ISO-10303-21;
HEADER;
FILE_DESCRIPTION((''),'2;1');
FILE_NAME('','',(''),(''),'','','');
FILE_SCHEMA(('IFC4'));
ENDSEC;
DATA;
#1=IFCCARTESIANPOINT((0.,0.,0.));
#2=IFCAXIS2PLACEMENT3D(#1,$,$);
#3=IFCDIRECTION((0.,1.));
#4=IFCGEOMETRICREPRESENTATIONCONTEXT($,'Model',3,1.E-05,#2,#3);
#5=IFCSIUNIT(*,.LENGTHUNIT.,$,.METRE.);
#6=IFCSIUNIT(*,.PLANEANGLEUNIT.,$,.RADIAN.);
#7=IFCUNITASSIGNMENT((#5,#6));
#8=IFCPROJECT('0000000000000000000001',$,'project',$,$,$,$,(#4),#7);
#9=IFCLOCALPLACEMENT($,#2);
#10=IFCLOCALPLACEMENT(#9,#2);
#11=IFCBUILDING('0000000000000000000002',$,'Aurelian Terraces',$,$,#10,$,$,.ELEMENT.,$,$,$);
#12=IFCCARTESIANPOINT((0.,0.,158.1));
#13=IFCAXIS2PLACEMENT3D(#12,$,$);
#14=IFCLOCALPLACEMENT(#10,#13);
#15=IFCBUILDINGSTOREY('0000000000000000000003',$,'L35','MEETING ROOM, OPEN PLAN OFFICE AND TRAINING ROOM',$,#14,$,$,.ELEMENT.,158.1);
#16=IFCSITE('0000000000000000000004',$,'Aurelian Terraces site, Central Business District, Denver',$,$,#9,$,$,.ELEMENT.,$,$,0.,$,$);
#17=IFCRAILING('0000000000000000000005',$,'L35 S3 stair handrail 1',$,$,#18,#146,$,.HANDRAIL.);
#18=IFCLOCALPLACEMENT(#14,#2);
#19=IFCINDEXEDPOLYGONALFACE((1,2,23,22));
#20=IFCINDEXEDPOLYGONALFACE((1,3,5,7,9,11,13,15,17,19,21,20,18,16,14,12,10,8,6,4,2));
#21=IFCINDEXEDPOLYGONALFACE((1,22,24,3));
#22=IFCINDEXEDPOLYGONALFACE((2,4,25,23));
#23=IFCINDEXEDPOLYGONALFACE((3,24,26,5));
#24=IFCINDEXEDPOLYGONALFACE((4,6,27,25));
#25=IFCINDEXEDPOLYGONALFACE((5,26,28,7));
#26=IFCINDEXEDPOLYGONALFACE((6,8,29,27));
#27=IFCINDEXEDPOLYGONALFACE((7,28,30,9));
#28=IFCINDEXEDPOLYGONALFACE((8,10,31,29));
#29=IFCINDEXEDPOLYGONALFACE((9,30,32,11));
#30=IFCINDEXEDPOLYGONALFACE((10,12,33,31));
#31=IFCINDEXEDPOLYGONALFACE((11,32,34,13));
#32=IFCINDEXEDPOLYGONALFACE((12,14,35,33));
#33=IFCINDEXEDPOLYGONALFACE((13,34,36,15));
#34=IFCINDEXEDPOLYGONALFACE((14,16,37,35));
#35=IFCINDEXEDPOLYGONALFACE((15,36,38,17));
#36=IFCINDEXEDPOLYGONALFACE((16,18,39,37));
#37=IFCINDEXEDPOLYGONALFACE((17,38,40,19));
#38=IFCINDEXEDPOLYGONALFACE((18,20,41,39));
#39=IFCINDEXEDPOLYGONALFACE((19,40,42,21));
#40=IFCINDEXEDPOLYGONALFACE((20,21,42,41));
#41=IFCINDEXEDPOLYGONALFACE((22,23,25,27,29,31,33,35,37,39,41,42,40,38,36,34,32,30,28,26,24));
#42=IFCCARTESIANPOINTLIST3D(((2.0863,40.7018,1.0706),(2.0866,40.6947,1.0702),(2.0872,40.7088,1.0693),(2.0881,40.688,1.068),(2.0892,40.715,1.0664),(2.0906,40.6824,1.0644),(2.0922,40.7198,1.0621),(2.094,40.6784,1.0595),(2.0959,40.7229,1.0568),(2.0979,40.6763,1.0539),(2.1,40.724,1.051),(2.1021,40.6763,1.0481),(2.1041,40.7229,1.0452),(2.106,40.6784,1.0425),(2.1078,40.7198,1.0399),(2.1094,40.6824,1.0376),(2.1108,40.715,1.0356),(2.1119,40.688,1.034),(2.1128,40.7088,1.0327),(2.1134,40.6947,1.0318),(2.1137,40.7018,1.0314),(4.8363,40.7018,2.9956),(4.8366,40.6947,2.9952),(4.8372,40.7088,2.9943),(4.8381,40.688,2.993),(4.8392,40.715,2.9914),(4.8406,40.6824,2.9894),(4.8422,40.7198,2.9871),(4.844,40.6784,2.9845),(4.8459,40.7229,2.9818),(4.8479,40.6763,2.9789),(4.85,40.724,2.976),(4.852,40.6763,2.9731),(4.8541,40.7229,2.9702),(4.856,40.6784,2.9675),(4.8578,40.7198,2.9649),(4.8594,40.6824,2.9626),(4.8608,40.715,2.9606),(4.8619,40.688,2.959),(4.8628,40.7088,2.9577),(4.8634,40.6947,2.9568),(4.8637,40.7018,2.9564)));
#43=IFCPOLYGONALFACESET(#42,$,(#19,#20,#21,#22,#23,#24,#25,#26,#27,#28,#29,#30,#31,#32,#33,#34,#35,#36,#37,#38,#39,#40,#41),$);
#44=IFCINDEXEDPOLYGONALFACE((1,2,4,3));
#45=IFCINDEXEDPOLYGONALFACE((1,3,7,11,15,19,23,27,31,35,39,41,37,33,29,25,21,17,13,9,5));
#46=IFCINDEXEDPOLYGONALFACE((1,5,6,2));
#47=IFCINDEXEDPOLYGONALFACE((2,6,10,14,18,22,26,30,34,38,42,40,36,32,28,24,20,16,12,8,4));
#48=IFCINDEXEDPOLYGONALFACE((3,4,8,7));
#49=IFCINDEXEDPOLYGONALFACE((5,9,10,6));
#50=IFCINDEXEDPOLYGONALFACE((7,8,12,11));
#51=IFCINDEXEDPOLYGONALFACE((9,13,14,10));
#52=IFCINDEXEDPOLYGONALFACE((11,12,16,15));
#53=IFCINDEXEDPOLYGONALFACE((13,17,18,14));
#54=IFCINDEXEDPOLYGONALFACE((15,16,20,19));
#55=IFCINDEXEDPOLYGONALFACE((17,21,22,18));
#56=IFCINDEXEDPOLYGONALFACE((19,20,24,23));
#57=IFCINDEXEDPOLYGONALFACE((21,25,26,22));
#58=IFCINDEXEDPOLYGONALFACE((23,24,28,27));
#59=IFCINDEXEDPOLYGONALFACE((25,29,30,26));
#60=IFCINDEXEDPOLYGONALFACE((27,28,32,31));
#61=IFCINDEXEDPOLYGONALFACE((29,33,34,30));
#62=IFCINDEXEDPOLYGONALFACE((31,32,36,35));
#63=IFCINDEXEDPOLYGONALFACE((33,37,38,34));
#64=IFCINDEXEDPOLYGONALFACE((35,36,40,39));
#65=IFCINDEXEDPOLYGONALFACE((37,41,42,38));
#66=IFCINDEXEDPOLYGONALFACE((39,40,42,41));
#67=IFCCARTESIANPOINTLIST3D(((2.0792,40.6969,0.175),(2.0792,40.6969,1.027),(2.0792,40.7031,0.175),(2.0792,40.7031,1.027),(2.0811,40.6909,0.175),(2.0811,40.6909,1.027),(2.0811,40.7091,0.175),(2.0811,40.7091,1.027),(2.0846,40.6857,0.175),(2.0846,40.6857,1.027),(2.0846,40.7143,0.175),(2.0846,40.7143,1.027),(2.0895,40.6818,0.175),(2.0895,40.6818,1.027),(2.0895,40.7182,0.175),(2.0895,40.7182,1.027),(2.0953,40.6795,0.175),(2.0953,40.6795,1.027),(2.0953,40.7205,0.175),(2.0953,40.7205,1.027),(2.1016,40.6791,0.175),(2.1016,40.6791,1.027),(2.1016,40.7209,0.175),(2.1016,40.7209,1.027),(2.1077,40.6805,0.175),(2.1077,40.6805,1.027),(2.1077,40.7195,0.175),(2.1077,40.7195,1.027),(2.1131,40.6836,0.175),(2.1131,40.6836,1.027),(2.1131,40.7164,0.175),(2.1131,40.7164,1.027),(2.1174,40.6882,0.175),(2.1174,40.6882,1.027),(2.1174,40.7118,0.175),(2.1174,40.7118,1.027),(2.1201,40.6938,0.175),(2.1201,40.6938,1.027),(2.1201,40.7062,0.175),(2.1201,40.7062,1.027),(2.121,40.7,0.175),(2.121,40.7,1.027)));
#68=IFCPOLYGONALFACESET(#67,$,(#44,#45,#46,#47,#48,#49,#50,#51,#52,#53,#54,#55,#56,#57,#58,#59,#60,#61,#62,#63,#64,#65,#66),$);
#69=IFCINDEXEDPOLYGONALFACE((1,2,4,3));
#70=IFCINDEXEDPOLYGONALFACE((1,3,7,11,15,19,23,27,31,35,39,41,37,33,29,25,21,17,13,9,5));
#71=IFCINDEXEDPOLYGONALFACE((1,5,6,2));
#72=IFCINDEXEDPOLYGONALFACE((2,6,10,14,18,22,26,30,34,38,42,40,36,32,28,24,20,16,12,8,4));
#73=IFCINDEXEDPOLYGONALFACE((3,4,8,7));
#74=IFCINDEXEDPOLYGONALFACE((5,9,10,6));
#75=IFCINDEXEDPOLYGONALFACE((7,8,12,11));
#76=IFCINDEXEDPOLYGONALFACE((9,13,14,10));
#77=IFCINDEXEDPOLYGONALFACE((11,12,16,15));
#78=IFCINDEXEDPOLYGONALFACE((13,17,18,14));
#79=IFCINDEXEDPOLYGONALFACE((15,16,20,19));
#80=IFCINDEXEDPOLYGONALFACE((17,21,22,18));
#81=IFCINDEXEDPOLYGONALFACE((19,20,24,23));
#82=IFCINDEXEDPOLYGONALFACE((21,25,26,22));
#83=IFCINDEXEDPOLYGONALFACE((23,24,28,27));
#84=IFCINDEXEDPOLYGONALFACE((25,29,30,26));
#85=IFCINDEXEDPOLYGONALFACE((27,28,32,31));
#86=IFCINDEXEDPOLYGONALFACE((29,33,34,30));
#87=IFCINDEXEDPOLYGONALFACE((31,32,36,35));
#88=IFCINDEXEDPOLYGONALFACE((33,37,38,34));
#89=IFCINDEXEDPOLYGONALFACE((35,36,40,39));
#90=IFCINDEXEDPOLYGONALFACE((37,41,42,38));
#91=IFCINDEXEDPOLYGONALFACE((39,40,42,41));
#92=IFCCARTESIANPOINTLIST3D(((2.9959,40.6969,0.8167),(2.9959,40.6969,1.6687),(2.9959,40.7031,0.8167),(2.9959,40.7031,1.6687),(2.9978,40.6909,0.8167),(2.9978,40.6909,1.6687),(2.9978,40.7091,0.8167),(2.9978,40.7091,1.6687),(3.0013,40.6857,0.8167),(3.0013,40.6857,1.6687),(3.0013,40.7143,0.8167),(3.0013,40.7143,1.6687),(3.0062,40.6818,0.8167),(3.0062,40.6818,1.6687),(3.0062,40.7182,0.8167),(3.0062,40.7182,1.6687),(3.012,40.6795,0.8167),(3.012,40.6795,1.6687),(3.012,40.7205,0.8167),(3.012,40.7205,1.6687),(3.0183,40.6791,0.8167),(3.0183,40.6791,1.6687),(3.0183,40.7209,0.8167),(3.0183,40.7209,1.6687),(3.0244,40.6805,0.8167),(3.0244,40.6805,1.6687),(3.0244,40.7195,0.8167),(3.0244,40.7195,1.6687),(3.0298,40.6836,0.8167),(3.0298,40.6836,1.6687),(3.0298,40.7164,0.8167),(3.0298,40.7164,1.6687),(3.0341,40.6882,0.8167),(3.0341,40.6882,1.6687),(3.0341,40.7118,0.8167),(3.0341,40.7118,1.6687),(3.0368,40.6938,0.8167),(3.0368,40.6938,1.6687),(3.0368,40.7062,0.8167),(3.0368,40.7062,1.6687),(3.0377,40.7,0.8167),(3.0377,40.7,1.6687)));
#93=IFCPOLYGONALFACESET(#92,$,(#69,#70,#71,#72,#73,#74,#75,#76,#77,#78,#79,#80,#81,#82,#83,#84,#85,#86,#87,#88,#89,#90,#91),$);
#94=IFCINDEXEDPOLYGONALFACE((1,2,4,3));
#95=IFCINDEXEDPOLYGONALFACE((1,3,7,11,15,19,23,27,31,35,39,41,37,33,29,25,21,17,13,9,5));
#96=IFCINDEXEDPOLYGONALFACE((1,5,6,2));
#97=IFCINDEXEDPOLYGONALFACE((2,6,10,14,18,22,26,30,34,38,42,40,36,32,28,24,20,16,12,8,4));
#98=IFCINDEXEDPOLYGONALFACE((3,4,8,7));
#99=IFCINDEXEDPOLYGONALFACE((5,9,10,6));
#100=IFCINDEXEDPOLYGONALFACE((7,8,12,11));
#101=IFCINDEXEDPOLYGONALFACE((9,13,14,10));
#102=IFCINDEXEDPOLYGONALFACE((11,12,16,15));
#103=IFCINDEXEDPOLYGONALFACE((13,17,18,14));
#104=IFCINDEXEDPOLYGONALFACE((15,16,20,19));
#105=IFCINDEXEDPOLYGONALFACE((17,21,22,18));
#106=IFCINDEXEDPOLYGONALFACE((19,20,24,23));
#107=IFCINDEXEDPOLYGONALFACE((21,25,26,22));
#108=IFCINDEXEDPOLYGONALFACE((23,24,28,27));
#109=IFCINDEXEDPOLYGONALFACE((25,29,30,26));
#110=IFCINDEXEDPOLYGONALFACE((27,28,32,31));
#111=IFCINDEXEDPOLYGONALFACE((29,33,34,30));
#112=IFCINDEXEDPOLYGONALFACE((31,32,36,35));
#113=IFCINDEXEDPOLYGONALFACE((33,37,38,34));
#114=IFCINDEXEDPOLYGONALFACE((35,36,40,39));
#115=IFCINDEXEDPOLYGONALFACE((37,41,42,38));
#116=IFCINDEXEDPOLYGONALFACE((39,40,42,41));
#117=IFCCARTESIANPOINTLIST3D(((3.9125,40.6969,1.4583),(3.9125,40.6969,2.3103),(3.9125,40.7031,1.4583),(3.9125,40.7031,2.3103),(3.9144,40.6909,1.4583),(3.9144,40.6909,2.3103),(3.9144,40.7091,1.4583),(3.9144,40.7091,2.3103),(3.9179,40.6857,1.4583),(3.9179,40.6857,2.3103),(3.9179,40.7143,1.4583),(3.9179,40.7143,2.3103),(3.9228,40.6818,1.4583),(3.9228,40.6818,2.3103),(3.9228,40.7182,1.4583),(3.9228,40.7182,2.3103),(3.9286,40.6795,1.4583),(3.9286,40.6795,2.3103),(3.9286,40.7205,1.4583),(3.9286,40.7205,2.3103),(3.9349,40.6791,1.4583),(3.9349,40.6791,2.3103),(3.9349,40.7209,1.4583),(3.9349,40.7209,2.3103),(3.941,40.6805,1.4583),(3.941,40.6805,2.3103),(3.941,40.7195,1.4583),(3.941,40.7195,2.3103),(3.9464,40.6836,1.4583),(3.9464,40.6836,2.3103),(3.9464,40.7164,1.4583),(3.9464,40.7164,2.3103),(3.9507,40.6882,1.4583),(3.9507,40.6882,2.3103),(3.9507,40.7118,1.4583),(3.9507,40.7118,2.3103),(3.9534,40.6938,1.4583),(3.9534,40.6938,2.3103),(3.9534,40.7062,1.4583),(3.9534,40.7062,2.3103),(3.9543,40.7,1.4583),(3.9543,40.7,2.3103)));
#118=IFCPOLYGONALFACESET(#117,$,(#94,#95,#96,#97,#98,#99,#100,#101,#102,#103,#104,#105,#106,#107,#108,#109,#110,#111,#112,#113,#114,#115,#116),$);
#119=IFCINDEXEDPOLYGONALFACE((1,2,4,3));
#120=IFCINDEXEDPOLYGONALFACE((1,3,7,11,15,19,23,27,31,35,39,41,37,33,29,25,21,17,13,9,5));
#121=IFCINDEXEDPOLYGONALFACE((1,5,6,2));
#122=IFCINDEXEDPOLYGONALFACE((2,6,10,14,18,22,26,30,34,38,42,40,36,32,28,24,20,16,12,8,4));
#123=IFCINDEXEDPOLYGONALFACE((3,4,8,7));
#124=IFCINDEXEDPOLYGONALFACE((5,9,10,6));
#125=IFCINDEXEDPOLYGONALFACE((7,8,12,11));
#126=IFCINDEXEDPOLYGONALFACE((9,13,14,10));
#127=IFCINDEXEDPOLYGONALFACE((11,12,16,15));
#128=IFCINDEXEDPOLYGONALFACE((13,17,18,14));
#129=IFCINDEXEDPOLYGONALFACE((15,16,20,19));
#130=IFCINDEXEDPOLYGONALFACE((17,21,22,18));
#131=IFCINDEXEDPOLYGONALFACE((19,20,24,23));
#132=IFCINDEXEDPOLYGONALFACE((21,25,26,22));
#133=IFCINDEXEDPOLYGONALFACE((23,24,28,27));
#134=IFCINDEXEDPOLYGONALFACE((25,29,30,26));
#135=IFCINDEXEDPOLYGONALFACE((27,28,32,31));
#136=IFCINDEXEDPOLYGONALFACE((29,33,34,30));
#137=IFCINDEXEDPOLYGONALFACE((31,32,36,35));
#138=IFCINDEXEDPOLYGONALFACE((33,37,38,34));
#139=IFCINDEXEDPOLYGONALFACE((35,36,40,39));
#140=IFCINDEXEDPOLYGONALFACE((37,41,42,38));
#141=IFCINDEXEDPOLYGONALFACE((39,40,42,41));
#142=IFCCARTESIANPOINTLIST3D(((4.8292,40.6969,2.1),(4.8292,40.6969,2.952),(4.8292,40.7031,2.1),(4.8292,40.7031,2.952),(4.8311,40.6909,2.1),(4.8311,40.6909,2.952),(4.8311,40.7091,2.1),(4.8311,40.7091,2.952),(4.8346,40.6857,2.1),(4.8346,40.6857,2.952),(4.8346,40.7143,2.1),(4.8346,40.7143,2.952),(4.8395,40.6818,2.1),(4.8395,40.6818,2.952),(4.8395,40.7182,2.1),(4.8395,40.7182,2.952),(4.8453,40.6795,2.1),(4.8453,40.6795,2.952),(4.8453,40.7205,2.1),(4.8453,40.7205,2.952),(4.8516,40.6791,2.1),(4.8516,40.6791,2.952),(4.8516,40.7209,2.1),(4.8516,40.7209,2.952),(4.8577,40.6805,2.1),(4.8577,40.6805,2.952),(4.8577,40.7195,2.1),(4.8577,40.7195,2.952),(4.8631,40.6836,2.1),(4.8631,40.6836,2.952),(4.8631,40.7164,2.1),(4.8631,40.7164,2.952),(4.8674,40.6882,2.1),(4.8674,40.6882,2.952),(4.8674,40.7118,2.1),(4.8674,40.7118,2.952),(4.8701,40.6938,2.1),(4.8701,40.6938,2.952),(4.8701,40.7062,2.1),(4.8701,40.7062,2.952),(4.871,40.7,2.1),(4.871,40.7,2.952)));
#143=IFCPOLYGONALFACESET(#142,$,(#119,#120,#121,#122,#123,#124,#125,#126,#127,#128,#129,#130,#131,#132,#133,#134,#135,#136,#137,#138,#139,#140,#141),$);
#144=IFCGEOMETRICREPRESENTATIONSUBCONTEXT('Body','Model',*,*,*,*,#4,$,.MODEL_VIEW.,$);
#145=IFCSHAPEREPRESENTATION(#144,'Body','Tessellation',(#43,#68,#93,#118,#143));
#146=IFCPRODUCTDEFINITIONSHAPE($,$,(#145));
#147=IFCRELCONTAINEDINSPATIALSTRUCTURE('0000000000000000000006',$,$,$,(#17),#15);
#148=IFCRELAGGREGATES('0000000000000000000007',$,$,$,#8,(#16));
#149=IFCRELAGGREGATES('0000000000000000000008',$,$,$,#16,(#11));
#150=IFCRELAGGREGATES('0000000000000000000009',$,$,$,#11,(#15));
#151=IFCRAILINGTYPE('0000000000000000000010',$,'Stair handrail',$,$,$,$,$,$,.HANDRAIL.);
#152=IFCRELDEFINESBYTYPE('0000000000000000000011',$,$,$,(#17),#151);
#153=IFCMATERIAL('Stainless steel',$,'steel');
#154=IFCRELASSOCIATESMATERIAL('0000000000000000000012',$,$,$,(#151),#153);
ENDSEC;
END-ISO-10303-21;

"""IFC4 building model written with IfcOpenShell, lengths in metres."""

from ifc_helpers import new_model, si_unit, direction, frame, origin, origin_2d, place, context, subcontext, project, spatial, circle, extrude, source, transform, mapped, material, type_object, element, save


model = new_model("IFC4")

# Units and contexts
model_context = context("Model", 3, precision=1e-05, world=origin(), true_north=direction((0.0, 1.0)))
body_context = subcontext(model_context, "Body", "Model", "MODEL_VIEW")
ifc_project = project(units=[si_unit("LENGTHUNIT", "METRE"), si_unit("PLANEANGLEUNIT", "RADIAN")], contexts=[model_context])

# Site, building, storey
site_placement = place(None, origin())
site = spatial("IfcSite", under=ifc_project, at=site_placement, Name="Aurelian Terraces site, Central Business District, Denver", CompositionType="ELEMENT", RefElevation=0.0)
building_placement = place(site_placement, origin())
building = spatial("IfcBuilding", under=site, at=building_placement, Name="Aurelian Terraces", CompositionType="ELEMENT")
storey_placement = place(building_placement, frame((0.0, 0.0, 158.1)))
storey = spatial("IfcBuildingStorey", under=building, at=storey_placement, Name="L35", Description="MEETING ROOM, OPEN PLAN OFFICE AND TRAINING ROOM", CompositionType="ELEMENT", Elevation=158.1)

# Railing
ifc_material_1 = material(Name="Stainless steel", Category="steel")
railing_type_1 = type_object("IfcRailingType", Name="Stair handrail", PredefinedType="HANDRAIL", material=ifc_material_1)
shared_shape_1 = source(origin(), body_context, "Body", "SweptSolid", [
    extrude(circle(Radius=0.024, at=origin_2d()), frame((0.0, 0.0, 0.876), z_axis=(0.819232, 0.0, 0.573462), x_axis=(0.0, 1.0, 0.0)), (0.0, 0.0, 1.0), 3.3568),
    extrude(circle(Radius=0.021, at=origin_2d()), origin(), (0.0, 0.0, 1.0), 0.852),
    extrude(circle(Radius=0.021, at=origin_2d()), frame((0.9167, 0.0, 0.6417)), (0.0, 0.0, 1.0), 0.852),
    extrude(circle(Radius=0.021, at=origin_2d()), frame((1.8333, 0.0, 1.2833)), (0.0, 0.0, 1.0), 0.852),
    extrude(circle(Radius=0.021, at=origin_2d()), frame((2.75, 0.0, 1.925)), (0.0, 0.0, 1.0), 0.852),
])
railing_1_placement = place(storey_placement, frame((2.1, 40.7, 0.175)))
element("IfcRailing", 1, at=railing_1_placement, inside=storey, type_object=railing_type_1, Name="L35 S3 stair handrail 1", PredefinedType="HANDRAIL", context=body_context, shape_type="MappedRepresentation", body=[
    mapped(shared_shape_1, transform((0.0, 0.0, 0.0), scale=1.0)),
])

save(model, "model.ifc")
